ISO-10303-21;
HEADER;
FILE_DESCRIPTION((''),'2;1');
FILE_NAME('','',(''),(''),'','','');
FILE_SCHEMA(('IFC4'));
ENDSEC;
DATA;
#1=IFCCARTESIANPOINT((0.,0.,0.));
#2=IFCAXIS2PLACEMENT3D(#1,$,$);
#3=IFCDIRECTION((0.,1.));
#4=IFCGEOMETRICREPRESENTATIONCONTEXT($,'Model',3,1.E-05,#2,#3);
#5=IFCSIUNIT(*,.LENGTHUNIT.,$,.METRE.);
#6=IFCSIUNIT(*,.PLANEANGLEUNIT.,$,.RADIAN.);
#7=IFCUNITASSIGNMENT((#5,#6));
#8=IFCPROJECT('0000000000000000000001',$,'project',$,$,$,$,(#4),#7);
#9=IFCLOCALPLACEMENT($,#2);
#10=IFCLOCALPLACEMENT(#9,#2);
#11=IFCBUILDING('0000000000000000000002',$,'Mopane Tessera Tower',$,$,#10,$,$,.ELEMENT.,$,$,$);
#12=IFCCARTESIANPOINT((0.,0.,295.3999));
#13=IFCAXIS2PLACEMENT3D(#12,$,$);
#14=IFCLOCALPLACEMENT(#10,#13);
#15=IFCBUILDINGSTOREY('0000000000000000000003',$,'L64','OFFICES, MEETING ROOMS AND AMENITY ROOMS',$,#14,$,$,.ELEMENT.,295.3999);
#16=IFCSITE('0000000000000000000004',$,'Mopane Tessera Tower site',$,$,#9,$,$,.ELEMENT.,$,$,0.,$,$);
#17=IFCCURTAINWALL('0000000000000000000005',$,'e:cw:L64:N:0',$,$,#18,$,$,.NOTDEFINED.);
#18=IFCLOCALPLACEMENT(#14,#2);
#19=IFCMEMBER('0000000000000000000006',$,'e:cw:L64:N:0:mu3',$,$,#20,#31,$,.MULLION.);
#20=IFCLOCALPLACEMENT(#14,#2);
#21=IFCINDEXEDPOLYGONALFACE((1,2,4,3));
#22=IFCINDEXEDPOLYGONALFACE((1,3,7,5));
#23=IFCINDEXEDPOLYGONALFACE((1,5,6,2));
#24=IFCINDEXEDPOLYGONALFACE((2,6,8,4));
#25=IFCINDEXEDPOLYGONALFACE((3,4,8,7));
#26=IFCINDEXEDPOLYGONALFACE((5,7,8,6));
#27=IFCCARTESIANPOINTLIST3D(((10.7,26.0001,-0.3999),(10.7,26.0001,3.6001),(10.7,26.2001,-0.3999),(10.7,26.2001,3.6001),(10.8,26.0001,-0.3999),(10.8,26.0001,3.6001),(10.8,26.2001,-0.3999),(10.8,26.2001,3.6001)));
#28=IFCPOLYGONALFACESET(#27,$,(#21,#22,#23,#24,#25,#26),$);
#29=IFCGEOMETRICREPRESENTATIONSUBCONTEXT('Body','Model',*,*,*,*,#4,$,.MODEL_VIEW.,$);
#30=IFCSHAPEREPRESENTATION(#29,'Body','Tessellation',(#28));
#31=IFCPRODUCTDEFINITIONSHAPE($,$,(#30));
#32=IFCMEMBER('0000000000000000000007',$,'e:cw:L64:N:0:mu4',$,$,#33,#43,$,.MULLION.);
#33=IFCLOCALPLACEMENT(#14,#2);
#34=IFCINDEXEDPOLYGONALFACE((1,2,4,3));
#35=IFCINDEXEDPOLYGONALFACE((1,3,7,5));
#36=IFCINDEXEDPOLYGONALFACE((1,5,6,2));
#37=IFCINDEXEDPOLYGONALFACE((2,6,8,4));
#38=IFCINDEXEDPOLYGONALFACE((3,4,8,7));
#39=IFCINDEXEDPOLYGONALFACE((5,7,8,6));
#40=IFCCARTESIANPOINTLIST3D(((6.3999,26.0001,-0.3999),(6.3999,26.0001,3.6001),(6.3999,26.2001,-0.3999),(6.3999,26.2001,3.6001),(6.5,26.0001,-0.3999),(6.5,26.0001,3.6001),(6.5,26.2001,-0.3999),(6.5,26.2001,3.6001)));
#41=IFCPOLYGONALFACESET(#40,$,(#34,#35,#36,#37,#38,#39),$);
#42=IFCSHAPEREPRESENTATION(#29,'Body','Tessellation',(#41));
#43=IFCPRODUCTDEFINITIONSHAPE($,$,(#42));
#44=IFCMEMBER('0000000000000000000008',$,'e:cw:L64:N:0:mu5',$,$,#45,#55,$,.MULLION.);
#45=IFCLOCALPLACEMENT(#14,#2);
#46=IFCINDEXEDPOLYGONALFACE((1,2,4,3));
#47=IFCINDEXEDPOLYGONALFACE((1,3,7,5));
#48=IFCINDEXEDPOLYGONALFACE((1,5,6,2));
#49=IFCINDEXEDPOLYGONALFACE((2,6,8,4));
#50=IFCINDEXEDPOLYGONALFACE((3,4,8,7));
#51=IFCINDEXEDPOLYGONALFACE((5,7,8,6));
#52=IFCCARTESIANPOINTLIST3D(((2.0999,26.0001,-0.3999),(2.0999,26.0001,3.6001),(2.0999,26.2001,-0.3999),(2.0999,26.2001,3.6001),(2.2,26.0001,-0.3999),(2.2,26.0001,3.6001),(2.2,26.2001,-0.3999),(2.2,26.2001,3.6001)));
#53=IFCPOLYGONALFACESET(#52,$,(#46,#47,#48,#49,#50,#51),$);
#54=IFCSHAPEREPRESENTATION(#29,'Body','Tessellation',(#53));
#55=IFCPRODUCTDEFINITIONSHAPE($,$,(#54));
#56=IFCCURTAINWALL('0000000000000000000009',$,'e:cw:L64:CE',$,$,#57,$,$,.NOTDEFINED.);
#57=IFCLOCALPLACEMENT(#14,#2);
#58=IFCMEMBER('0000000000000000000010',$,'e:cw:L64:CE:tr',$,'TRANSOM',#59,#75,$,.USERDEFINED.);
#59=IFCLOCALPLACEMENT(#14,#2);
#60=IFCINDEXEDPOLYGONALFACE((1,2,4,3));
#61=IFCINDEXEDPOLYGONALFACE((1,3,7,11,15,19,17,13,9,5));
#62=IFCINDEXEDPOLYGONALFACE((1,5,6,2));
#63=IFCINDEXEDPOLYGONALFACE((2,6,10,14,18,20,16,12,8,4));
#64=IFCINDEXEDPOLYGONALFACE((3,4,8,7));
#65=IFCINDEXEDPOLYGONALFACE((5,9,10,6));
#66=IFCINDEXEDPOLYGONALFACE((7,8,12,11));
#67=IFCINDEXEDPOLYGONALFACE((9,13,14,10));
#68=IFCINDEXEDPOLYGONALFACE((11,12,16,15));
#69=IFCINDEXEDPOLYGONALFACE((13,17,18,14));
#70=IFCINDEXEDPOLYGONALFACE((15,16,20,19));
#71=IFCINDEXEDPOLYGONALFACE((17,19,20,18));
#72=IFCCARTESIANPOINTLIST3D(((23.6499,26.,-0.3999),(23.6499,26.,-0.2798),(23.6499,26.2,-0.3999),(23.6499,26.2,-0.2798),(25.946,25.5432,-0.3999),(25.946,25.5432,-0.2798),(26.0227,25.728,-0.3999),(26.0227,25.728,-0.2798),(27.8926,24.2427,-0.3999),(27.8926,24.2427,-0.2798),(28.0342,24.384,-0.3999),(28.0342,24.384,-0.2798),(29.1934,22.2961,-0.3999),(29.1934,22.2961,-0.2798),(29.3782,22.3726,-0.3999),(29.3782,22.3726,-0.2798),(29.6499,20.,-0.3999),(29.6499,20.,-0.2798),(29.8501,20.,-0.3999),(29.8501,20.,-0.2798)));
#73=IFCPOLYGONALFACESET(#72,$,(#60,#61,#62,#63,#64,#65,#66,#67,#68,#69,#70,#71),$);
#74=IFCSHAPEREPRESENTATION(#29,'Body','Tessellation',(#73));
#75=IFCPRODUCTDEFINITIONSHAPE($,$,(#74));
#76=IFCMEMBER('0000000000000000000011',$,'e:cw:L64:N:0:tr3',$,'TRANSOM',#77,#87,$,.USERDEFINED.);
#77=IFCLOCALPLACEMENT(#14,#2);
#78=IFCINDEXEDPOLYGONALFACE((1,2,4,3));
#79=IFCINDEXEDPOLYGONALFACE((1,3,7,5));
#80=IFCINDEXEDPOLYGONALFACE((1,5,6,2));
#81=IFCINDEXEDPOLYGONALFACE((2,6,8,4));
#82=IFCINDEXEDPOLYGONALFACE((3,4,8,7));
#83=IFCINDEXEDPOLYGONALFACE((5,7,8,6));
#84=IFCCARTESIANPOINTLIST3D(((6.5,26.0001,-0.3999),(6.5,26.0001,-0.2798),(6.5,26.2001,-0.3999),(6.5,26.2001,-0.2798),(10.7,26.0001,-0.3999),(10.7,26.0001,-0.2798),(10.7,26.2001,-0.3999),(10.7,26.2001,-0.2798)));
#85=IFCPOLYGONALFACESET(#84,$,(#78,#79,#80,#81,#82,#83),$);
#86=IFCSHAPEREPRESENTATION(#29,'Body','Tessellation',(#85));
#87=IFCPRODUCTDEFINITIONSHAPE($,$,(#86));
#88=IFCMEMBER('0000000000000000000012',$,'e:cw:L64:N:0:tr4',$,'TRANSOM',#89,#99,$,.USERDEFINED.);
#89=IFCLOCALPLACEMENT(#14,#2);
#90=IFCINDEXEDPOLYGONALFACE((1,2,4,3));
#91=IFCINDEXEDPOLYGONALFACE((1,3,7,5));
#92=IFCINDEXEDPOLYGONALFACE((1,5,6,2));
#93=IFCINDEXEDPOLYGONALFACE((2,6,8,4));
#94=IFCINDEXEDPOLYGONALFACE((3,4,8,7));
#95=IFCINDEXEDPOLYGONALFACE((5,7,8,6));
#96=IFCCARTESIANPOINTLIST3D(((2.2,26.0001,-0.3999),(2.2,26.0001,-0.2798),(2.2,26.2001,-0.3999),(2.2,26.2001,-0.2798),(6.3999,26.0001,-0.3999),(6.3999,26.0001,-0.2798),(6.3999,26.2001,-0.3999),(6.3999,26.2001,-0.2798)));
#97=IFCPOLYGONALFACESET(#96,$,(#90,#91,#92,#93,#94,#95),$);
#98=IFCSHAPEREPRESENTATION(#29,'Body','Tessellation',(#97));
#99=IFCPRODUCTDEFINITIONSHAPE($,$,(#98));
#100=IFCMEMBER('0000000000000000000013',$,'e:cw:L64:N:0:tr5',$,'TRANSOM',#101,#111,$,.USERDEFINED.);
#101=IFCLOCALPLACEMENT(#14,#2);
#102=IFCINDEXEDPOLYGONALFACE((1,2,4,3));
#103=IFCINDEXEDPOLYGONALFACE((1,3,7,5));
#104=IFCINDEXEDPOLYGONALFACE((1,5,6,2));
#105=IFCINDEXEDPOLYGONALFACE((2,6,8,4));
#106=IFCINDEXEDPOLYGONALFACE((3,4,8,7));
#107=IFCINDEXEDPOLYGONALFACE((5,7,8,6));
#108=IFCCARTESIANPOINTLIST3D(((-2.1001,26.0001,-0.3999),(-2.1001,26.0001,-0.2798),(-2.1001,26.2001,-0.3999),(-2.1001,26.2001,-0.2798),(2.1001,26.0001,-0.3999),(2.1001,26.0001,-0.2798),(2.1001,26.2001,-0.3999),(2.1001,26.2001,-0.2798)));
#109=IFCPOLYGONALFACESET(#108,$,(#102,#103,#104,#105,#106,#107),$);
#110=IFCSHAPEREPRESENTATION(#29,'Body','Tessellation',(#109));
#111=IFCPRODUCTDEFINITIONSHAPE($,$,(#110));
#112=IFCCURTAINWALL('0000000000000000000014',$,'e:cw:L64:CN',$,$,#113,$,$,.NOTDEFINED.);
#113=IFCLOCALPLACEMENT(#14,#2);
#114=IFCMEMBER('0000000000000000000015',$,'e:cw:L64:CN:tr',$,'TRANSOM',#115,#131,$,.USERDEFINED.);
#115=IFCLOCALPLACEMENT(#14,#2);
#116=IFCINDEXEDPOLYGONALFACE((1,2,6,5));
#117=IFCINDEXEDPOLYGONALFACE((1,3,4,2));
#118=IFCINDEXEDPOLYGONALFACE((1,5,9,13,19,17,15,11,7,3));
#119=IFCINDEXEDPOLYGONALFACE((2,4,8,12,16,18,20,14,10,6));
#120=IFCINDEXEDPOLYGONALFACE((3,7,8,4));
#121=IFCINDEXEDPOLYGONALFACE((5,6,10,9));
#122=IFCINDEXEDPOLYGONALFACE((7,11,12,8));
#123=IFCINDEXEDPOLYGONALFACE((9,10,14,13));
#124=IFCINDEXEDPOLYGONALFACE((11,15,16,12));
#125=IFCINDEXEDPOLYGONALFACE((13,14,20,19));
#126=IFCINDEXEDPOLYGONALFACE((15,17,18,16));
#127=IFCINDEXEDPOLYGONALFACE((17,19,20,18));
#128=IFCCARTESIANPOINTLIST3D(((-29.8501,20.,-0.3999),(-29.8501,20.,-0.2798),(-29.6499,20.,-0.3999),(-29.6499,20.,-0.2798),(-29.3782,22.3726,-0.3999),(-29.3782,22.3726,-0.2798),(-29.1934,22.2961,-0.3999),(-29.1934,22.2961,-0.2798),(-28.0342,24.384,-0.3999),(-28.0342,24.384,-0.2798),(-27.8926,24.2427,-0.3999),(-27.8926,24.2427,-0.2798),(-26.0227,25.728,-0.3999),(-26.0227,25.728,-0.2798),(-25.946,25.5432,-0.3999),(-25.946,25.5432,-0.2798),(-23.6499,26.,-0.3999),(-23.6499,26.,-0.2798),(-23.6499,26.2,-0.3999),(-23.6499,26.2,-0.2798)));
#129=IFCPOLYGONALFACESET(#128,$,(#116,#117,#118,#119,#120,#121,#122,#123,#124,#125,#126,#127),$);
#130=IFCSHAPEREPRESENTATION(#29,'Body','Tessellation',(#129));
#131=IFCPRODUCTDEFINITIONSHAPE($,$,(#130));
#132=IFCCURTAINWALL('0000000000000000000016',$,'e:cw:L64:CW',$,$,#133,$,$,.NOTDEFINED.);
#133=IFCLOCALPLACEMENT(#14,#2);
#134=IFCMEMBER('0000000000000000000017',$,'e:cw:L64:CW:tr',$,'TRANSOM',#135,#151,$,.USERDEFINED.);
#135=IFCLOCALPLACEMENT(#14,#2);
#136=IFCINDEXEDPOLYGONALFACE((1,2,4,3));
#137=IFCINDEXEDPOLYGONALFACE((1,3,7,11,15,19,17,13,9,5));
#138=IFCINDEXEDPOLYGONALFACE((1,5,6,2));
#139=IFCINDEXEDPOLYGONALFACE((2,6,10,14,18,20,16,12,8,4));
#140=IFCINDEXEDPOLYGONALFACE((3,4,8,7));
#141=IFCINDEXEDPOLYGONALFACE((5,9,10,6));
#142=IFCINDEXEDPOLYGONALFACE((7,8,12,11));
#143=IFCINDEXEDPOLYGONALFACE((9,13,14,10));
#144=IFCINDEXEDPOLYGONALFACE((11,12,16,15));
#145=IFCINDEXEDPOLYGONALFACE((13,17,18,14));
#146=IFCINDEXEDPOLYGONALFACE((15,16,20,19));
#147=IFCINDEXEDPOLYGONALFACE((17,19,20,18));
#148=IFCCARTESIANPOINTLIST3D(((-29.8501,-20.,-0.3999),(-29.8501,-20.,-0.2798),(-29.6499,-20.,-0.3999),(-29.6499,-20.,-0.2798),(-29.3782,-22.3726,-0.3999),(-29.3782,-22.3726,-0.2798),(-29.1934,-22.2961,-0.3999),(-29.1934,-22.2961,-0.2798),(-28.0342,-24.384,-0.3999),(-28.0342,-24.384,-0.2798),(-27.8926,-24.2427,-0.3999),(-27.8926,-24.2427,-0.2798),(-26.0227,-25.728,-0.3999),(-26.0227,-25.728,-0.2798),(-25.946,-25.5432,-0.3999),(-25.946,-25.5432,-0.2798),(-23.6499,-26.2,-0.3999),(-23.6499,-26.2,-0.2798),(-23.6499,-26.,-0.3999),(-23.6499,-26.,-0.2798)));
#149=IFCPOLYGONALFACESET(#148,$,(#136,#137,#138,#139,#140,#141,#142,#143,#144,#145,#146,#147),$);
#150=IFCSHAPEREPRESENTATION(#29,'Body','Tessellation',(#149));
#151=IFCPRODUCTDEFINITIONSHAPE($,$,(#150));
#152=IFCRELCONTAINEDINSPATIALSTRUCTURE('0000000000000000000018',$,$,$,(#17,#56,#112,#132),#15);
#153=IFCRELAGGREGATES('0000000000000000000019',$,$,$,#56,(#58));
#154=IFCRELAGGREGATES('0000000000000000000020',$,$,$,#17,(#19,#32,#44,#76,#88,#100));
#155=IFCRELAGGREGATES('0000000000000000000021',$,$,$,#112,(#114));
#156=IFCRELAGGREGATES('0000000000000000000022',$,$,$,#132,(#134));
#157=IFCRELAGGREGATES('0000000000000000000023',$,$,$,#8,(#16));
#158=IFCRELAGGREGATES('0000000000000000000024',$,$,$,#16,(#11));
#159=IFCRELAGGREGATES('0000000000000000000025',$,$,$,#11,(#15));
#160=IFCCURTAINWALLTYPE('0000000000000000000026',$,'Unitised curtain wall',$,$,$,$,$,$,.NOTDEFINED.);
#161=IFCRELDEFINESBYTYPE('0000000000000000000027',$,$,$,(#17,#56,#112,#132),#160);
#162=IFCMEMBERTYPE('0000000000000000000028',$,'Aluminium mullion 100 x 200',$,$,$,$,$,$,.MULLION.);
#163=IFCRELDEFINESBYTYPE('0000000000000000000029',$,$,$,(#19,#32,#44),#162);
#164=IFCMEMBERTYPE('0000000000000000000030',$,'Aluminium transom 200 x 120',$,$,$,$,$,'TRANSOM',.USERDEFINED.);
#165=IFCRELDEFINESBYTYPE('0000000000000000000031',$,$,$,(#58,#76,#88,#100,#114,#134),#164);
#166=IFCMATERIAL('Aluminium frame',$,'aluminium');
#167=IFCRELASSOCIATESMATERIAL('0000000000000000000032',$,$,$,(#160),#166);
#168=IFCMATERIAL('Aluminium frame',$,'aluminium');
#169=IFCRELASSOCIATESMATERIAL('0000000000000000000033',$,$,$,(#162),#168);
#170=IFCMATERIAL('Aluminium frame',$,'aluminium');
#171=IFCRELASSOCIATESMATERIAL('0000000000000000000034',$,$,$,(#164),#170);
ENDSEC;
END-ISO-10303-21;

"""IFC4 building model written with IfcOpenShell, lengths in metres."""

from ifc_helpers import new_model, si_unit, direction, frame, origin, origin_2d, place, context, subcontext, project, spatial, polyline, rectangle, outline, extrude, material, material_profile, profile_set, type_object, element, aggregate, save


model = new_model("IFC4")

# Units and contexts
model_context = context("Model", 3, precision=1e-05, world=origin(), true_north=direction((0.0, 1.0)))
body_context = subcontext(model_context, "Body", "Model", "MODEL_VIEW")
ifc_project = project(units=[si_unit("LENGTHUNIT", "METRE"), si_unit("PLANEANGLEUNIT", "RADIAN")], contexts=[model_context])

# Site, building, storey
site_placement = place(None, origin())
site = spatial("IfcSite", under=ifc_project, at=site_placement, Name="Mopane Tessera Tower site", CompositionType="ELEMENT", RefElevation=0.0)
building_placement = place(site_placement, origin())
building = spatial("IfcBuilding", under=site, at=building_placement, Name="Mopane Tessera Tower", CompositionType="ELEMENT")
storey_placement = place(building_placement, frame((0.0, 0.0, 295.3999)))
storey = spatial("IfcBuildingStorey", under=building, at=storey_placement, Name="L64", Description="OFFICES, MEETING ROOMS AND AMENITY ROOMS", CompositionType="ELEMENT", Elevation=295.3999)

# Curtain wall, members
ifc_material_1 = material(Name="Aluminium frame", Category="aluminium")
curtain_wall_type = type_object("IfcCurtainWallType", Name="Unitised curtain wall", PredefinedType="NOTDEFINED", material=ifc_material_1)
curtain_wall_1_placement = place(storey_placement, origin())
curtain_wall_1 = element("IfcCurtainWall", 1, at=curtain_wall_1_placement, inside=storey, type_object=curtain_wall_type, Name="e:cw:L64:N:0", PredefinedType="NOTDEFINED")
ifc_material_2 = material(Name="Aluminium frame", Category="aluminium")
ifc_material_profile_1 = material_profile(ifc_material_2, rectangle(XDim=0.1001, YDim=0.2, at=origin_2d()))
ifc_profile_set_1 = profile_set([ifc_material_profile_1], Name="Aluminium frame")
member_type_1 = type_object("IfcMemberType", Name="Aluminium mullion 100 x 200", PredefinedType="MULLION", material=ifc_profile_set_1)
member_1_placement = place(storey_placement, frame((10.75, 26.1001, -0.3999), z_axis=(0.0, 0.0, 1.0), x_axis=(-1.0, 0.0, 0.0)))
member_1 = element("IfcMember", 2, at=member_1_placement, type_object=member_type_1, Name="e:cw:L64:N:0:mu3", PredefinedType="MULLION", context=body_context, shape_type="SweptSolid", body=[
    extrude(rectangle(XDim=0.1001, YDim=0.2, at=origin_2d()), origin(), (0.0, 0.0, 1.0), 4.0),
])
member_2_placement = place(storey_placement, frame((6.45, 26.1001, -0.3999), z_axis=(0.0, 0.0, 1.0), x_axis=(-1.0, 0.0, 0.0)))
member_2 = element("IfcMember", 3, at=member_2_placement, type_object=member_type_1, Name="e:cw:L64:N:0:mu4", PredefinedType="MULLION", context=body_context, shape_type="SweptSolid", body=[
    extrude(rectangle(XDim=0.1001, YDim=0.2, at=origin_2d()), origin(), (0.0, 0.0, 1.0), 4.0),
])
member_3_placement = place(storey_placement, frame((2.1499, 26.1001, -0.3999), z_axis=(0.0, 0.0, 1.0), x_axis=(-1.0, 0.0, 0.0)))
member_3 = element("IfcMember", 4, at=member_3_placement, type_object=member_type_1, Name="e:cw:L64:N:0:mu5", PredefinedType="MULLION", context=body_context, shape_type="SweptSolid", body=[
    extrude(rectangle(XDim=0.1001, YDim=0.2, at=origin_2d()), origin(), (0.0, 0.0, 1.0), 4.0),
])

# Curtain wall, member
curtain_wall_2_placement = place(storey_placement, origin())
curtain_wall_2 = element("IfcCurtainWall", 5, at=curtain_wall_2_placement, inside=storey, type_object=curtain_wall_type, Name="e:cw:L64:CE", PredefinedType="NOTDEFINED")
ifc_material_3 = material(Name="Aluminium frame", Category="aluminium")
ifc_material_profile_2 = material_profile(ifc_material_3, rectangle(XDim=0.2, YDim=0.1201, at=origin_2d()))
ifc_profile_set_2 = profile_set([ifc_material_profile_2], Name="Aluminium frame")
member_type_2 = type_object("IfcMemberType", Name="Aluminium transom 200 x 120", ElementType="TRANSOM", PredefinedType="USERDEFINED", material=ifc_profile_set_2)
member_4_placement = place(storey_placement, frame((0.0, 0.0, -0.3999)))
member_4 = element("IfcMember", 6, at=member_4_placement, type_object=member_type_2, Name="e:cw:L64:CE:tr", ObjectType="TRANSOM", PredefinedType="USERDEFINED", context=body_context, shape_type="SweptSolid", body=[
    extrude(outline(polyline([(29.6499, 20.0), (29.1934, 22.2961), (27.8926, 24.2427), (25.946, 25.5432), (23.6499, 26.0), (23.6499, 26.2), (26.0227, 25.728), (28.0342, 24.384), (29.3782, 22.3726), (29.8501, 20.0), (29.6499, 20.0)])), origin(), (0.0, 0.0, 1.0), 0.1201),
])

# Members
member_5_placement = place(storey_placement, frame((10.7, 26.1001, -0.3398), z_axis=(-1.0, 0.0, 0.0), x_axis=(0.0, -1.0, 0.0)))
member_5 = element("IfcMember", 7, at=member_5_placement, type_object=member_type_2, Name="e:cw:L64:N:0:tr3", ObjectType="TRANSOM", PredefinedType="USERDEFINED", context=body_context, shape_type="SweptSolid", body=[
    extrude(rectangle(XDim=0.2, YDim=0.1201, at=origin_2d()), origin(), (0.0, 0.0, 1.0), 4.2),
])
member_6_placement = place(storey_placement, frame((6.3999, 26.1001, -0.3398), z_axis=(-1.0, 0.0, 0.0), x_axis=(0.0, -1.0, 0.0)))
member_6 = element("IfcMember", 8, at=member_6_placement, type_object=member_type_2, Name="e:cw:L64:N:0:tr4", ObjectType="TRANSOM", PredefinedType="USERDEFINED", context=body_context, shape_type="SweptSolid", body=[
    extrude(rectangle(XDim=0.2, YDim=0.1201, at=origin_2d()), origin(), (0.0, 0.0, 1.0), 4.2),
])
member_7_placement = place(storey_placement, frame((2.1001, 26.1001, -0.3398), z_axis=(-1.0, 0.0, 0.0), x_axis=(0.0, -1.0, 0.0)))
member_7 = element("IfcMember", 9, at=member_7_placement, type_object=member_type_2, Name="e:cw:L64:N:0:tr5", ObjectType="TRANSOM", PredefinedType="USERDEFINED", context=body_context, shape_type="SweptSolid", body=[
    extrude(rectangle(XDim=0.2, YDim=0.1201, at=origin_2d()), origin(), (0.0, 0.0, 1.0), 4.2002),
])

# Curtain walls, members
curtain_wall_3_placement = place(storey_placement, origin())
curtain_wall_3 = element("IfcCurtainWall", 10, at=curtain_wall_3_placement, inside=storey, type_object=curtain_wall_type, Name="e:cw:L64:CN", PredefinedType="NOTDEFINED")
member_8_placement = place(storey_placement, frame((0.0, 0.0, -0.3999)))
member_8 = element("IfcMember", 11, at=member_8_placement, type_object=member_type_2, Name="e:cw:L64:CN:tr", ObjectType="TRANSOM", PredefinedType="USERDEFINED", context=body_context, shape_type="SweptSolid", body=[
    extrude(outline(polyline([(-23.6499, 26.0), (-25.946, 25.5432), (-27.8926, 24.2427), (-29.1934, 22.2961), (-29.6499, 20.0), (-29.8501, 20.0), (-29.3782, 22.3726), (-28.0342, 24.384), (-26.0227, 25.728), (-23.6499, 26.2), (-23.6499, 26.0)])), origin(), (0.0, 0.0, 1.0), 0.1201),
])
curtain_wall_4_placement = place(storey_placement, origin())
curtain_wall_4 = element("IfcCurtainWall", 12, at=curtain_wall_4_placement, inside=storey, type_object=curtain_wall_type, Name="e:cw:L64:CW", PredefinedType="NOTDEFINED")
member_9_placement = place(storey_placement, frame((0.0, 0.0, -0.3999)))
member_9 = element("IfcMember", 13, at=member_9_placement, type_object=member_type_2, Name="e:cw:L64:CW:tr", ObjectType="TRANSOM", PredefinedType="USERDEFINED", context=body_context, shape_type="SweptSolid", body=[
    extrude(outline(polyline([(-29.6499, -20.0), (-29.1934, -22.2961), (-27.8926, -24.2427), (-25.946, -25.5432), (-23.6499, -26.0), (-23.6499, -26.2), (-26.0227, -25.728), (-28.0342, -24.384), (-29.3782, -22.3726), (-29.8501, -20.0), (-29.6499, -20.0)])), origin(), (0.0, 0.0, 1.0), 0.1201),
])

aggregate(curtain_wall_2, [member_4])
aggregate(curtain_wall_1, [member_1, member_2, member_3, member_5, member_6, member_7])
aggregate(curtain_wall_3, [member_8])
aggregate(curtain_wall_4, [member_9])

save(model, "model.ifc")
